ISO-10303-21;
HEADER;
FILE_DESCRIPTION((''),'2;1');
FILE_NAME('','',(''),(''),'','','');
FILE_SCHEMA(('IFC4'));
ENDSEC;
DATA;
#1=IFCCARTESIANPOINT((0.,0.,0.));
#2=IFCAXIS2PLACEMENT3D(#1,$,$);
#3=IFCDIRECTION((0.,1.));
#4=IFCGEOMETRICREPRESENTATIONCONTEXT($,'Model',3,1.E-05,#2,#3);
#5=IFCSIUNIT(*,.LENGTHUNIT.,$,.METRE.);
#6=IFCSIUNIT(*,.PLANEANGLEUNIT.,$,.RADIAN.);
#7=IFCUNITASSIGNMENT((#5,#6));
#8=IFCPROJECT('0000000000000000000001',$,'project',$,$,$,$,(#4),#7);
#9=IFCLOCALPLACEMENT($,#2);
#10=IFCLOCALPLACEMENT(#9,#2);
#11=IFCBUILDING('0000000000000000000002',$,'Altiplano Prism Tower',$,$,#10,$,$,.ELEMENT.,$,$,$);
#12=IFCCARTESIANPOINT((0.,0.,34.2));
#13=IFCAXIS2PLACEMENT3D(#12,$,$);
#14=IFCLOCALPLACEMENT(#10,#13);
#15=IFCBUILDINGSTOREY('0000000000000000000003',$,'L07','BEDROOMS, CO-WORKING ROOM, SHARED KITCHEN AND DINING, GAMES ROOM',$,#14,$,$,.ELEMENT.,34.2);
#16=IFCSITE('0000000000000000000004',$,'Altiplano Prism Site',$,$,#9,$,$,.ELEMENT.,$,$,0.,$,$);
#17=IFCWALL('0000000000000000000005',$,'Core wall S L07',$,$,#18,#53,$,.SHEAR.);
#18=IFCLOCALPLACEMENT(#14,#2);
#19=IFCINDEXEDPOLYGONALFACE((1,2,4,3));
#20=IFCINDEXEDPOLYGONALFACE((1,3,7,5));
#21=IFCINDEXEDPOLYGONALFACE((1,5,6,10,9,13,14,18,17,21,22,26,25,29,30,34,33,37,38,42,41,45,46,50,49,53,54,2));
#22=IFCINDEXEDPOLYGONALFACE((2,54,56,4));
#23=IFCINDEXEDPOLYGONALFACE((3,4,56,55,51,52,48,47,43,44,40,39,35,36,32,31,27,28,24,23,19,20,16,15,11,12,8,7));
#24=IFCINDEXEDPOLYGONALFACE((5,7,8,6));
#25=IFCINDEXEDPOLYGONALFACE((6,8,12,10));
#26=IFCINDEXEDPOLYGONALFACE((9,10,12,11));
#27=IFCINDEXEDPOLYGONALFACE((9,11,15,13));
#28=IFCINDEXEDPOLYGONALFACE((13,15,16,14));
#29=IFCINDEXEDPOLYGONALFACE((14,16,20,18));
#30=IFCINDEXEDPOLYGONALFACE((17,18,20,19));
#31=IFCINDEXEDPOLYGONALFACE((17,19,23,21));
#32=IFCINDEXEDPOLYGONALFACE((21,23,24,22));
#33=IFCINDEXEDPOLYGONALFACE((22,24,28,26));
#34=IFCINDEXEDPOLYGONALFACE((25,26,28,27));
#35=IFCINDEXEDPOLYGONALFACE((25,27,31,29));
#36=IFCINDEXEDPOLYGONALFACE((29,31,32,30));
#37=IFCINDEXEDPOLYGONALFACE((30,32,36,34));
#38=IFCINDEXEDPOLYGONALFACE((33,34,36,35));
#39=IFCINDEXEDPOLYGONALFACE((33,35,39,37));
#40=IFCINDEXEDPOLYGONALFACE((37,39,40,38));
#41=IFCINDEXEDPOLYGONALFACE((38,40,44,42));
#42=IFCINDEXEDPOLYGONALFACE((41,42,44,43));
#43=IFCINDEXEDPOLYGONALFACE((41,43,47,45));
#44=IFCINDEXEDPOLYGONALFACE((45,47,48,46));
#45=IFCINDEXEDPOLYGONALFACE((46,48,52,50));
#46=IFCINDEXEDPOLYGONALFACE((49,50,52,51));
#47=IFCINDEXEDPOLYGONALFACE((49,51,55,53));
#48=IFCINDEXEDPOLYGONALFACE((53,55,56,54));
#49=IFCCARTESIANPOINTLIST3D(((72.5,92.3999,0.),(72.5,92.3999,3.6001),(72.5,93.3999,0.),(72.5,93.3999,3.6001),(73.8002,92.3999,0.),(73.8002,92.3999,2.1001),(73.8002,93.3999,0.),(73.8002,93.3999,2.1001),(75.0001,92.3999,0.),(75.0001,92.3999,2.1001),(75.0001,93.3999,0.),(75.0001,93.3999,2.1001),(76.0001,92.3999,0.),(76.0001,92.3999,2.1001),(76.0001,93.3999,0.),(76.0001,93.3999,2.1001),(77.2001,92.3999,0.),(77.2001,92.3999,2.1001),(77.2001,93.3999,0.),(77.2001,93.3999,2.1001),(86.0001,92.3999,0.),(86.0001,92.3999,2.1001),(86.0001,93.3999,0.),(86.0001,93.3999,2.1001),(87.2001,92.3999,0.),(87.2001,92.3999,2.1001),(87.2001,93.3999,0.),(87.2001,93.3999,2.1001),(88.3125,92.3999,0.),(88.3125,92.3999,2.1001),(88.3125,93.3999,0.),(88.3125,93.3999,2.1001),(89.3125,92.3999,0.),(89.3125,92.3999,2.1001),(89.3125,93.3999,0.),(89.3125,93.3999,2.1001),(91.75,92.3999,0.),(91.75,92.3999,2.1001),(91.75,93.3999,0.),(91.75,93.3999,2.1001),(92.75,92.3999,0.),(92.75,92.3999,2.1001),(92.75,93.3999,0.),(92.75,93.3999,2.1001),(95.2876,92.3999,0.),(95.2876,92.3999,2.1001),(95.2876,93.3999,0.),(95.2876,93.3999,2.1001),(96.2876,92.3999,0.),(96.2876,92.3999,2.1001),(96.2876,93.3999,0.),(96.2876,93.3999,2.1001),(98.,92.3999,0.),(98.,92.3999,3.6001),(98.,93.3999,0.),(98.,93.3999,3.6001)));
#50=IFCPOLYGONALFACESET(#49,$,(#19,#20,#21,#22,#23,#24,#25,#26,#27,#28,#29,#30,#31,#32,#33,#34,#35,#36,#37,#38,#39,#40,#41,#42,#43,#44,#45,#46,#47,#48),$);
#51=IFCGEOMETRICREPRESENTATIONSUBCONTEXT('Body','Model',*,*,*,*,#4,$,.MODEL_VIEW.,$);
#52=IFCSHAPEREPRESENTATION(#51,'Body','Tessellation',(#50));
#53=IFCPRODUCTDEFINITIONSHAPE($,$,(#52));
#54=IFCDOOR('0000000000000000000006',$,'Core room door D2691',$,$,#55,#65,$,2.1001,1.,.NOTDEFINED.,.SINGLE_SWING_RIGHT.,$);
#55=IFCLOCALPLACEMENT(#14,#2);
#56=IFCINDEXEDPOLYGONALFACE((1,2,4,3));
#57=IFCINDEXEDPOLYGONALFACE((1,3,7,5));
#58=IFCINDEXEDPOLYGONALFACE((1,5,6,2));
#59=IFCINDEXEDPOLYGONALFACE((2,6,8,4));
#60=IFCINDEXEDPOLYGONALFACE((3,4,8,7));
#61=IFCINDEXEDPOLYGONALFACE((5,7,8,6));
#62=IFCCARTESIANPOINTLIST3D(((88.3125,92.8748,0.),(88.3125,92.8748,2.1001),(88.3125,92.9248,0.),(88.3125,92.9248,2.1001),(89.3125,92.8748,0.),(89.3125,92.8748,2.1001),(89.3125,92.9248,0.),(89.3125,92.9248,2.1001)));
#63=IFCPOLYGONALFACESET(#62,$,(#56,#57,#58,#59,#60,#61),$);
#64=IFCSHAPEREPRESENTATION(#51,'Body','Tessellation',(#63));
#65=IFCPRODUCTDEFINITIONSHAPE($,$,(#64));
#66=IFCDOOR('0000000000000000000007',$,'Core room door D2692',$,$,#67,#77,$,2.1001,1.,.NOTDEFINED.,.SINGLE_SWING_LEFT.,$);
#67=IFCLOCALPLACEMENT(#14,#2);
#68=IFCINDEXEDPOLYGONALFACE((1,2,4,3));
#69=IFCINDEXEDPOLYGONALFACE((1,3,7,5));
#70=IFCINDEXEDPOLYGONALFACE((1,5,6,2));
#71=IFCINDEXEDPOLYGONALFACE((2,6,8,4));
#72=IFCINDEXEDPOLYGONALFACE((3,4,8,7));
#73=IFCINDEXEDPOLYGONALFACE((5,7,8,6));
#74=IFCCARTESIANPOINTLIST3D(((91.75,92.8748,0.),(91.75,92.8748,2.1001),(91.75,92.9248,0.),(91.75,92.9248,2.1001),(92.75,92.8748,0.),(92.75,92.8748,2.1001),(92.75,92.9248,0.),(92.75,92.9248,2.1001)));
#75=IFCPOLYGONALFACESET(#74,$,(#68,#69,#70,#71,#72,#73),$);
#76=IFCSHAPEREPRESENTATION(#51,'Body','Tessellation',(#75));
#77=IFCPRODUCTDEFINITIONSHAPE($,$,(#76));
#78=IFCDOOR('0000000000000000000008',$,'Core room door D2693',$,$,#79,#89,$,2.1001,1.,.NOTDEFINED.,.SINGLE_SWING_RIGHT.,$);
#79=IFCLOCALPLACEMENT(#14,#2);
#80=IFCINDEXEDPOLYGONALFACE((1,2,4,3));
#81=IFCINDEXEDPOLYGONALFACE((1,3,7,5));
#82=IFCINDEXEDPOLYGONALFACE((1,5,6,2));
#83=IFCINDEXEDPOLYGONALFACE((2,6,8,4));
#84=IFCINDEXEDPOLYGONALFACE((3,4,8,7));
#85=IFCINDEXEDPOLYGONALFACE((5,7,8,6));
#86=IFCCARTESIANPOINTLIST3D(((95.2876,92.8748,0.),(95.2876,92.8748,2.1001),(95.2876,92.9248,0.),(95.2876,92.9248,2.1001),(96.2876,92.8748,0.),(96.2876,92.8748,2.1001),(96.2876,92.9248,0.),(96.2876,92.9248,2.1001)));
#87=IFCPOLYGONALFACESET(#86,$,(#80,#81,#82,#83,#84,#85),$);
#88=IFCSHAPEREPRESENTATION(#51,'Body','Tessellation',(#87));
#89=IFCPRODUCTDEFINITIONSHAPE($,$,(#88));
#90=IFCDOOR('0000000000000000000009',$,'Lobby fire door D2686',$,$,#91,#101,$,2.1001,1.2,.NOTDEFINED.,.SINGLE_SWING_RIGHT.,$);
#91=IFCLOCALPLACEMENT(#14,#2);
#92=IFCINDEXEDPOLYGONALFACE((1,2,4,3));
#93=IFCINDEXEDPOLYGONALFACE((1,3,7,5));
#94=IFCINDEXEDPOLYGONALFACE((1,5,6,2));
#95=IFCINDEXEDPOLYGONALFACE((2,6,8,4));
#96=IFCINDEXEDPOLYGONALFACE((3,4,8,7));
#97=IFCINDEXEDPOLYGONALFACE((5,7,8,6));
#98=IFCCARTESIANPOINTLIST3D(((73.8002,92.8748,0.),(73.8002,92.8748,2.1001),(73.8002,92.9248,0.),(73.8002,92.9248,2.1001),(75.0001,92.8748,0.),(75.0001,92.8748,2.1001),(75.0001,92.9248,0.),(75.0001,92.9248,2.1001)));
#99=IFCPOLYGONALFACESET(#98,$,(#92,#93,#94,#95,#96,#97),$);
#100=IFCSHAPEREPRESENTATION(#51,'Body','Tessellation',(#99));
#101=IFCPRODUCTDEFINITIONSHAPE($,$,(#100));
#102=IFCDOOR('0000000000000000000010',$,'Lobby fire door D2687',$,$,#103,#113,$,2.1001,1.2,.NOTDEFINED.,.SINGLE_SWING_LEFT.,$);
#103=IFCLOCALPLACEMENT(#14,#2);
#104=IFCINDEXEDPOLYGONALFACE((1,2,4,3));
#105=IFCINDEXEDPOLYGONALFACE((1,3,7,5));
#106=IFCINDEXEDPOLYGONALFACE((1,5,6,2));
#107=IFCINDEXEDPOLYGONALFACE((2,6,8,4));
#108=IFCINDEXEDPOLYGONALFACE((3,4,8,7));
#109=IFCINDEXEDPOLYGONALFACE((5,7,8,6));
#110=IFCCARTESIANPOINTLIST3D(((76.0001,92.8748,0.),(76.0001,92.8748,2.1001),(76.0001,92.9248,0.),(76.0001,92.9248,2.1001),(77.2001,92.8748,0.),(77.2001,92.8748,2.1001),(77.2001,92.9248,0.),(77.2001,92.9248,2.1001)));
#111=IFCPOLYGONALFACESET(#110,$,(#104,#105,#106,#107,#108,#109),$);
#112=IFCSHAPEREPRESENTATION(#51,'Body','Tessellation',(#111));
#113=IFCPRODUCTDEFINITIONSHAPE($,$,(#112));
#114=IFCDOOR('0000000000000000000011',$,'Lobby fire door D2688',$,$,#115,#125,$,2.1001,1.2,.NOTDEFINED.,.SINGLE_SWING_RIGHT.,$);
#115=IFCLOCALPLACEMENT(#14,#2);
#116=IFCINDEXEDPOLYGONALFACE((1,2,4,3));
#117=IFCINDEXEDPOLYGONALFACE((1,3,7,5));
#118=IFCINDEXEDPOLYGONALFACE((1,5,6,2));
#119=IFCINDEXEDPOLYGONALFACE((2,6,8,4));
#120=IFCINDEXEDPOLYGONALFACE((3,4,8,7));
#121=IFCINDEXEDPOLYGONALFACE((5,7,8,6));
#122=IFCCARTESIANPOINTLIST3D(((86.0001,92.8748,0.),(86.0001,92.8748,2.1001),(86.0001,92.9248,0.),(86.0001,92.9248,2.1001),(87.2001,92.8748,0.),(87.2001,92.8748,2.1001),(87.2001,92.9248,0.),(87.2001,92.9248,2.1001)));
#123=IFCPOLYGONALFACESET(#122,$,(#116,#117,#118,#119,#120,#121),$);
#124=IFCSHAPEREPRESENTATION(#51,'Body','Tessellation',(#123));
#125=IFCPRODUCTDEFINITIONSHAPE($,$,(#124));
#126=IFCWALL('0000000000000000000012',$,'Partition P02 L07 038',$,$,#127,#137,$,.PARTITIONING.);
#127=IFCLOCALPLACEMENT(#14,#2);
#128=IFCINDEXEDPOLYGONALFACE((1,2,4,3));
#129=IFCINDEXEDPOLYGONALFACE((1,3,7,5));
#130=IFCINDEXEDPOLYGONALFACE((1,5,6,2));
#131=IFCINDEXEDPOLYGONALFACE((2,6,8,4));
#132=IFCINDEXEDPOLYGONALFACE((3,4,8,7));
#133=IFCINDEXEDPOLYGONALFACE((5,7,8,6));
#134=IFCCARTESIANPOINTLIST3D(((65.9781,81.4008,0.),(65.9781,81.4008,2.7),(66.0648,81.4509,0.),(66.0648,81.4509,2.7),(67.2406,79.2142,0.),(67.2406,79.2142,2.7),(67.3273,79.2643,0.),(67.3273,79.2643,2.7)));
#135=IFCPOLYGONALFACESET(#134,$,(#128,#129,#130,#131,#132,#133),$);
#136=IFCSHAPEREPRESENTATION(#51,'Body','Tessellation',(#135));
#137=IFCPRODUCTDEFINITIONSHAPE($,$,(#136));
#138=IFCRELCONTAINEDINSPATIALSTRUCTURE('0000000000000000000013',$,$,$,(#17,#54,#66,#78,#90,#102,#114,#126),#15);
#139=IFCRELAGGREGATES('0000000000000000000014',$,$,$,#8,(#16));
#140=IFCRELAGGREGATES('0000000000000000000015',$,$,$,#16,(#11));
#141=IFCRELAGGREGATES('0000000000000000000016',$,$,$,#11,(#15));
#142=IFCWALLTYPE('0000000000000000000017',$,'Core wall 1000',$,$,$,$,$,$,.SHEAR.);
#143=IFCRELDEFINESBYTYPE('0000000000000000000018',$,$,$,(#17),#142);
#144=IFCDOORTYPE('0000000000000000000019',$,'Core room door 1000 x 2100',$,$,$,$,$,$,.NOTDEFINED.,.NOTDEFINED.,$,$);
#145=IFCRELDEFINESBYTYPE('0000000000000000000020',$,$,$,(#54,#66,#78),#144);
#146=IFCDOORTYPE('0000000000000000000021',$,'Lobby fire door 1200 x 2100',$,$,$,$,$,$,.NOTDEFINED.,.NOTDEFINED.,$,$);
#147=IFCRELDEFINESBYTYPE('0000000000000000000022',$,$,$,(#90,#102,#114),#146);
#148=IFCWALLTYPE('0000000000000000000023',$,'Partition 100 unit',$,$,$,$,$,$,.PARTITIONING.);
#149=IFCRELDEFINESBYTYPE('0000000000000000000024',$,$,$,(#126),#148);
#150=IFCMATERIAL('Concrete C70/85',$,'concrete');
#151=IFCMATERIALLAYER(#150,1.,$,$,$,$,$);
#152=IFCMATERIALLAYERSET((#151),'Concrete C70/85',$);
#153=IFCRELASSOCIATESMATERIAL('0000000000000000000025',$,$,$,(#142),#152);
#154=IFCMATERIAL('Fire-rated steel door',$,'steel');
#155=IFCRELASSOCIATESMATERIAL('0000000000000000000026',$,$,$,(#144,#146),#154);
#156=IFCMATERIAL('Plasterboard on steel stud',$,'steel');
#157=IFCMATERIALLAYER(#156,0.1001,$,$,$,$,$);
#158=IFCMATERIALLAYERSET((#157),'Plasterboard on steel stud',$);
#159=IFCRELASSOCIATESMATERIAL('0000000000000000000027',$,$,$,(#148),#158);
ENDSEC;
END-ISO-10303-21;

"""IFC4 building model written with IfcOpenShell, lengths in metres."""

from ifc_helpers import new_model, si_unit, direction, frame, frame_2d, origin, place, context, subcontext, project, spatial, rectangle, extrude, material, layer, layer_set, type_object, element, fill, save


model = new_model("IFC4")

# Units and contexts
model_context = context("Model", 3, precision=1e-05, world=origin(), true_north=direction((0.0, 1.0)))
body_context = subcontext(model_context, "Body", "Model", "MODEL_VIEW")
ifc_project = project(units=[si_unit("LENGTHUNIT", "METRE"), si_unit("PLANEANGLEUNIT", "RADIAN")], contexts=[model_context])

# Site, building, storey
site_placement = place(None, origin())
site = spatial("IfcSite", under=ifc_project, at=site_placement, Name="Altiplano Prism Site", CompositionType="ELEMENT", RefElevation=0.0)
building_placement = place(site_placement, origin())
building = spatial("IfcBuilding", under=site, at=building_placement, Name="Altiplano Prism Tower", CompositionType="ELEMENT")
storey_placement = place(building_placement, frame((0.0, 0.0, 34.2)))
storey = spatial("IfcBuildingStorey", under=building, at=storey_placement, Name="L07", Description="BEDROOMS, CO-WORKING ROOM, SHARED KITCHEN AND DINING, GAMES ROOM", CompositionType="ELEMENT", Elevation=34.2)

# Wall, openings, doors
ifc_material_1 = material(Name="Concrete C70/85", Category="concrete")
ifc_layer_1 = layer(ifc_material_1, 1.0)
ifc_layer_set_1 = layer_set([ifc_layer_1], Name="Concrete C70/85")
wall_type_1 = type_object("IfcWallType", Name="Core wall 1000", PredefinedType="SHEAR", material=ifc_layer_set_1)
wall_1_placement = place(storey_placement, frame((72.5, 92.8999, 0.0), z_axis=(0.0, 0.0, 1.0), x_axis=(1.0, 0.0, 0.0)))
wall_1 = element("IfcWall", 1, at=wall_1_placement, inside=storey, type_object=wall_type_1, Name="Core wall S L07", PredefinedType="SHEAR", context=body_context, shape_type="SweptSolid", body=[
    extrude(rectangle(XDim=25.5, YDim=1.0, at=frame_2d((12.75, 0.0))), origin(), (0.0, 0.0, 1.0), 3.6001),
])
opening_1_placement = place(wall_1_placement, frame((1.3, 0.0, 0.0)))
opening_1 = element("IfcOpeningElement", 2, at=opening_1_placement, cuts=wall_1, PredefinedType="OPENING", context=body_context, shape_type="SweptSolid", body=[
    extrude(rectangle(XDim=1.2, YDim=2.1001, at=frame_2d((0.6001, 1.05))), frame((0.0, 0.5105, 0.0), z_axis=(0.0, -1.0, 0.0), x_axis=(1.0, 0.0, 0.0)), (0.0, 0.0, 1.0), 1.021),
])
opening_2_placement = place(wall_1_placement, frame((3.5, 0.0, 0.0)))
opening_2 = element("IfcOpeningElement", 3, at=opening_2_placement, cuts=wall_1, PredefinedType="OPENING", context=body_context, shape_type="SweptSolid", body=[
    extrude(rectangle(XDim=1.2, YDim=2.1001, at=frame_2d((0.6001, 1.05))), frame((0.0, 0.5105, 0.0), z_axis=(0.0, -1.0, 0.0), x_axis=(1.0, 0.0, 0.0)), (0.0, 0.0, 1.0), 1.021),
])
opening_3_placement = place(wall_1_placement, frame((13.5, 0.0, 0.0)))
opening_3 = element("IfcOpeningElement", 4, at=opening_3_placement, cuts=wall_1, PredefinedType="OPENING", context=body_context, shape_type="SweptSolid", body=[
    extrude(rectangle(XDim=1.2, YDim=2.1001, at=frame_2d((0.6001, 1.05))), frame((0.0, 0.5105, 0.0), z_axis=(0.0, -1.0, 0.0), x_axis=(1.0, 0.0, 0.0)), (0.0, 0.0, 1.0), 1.021),
])
opening_4_placement = place(wall_1_placement, frame((15.8125, 0.0, 0.0)))
opening_4 = element("IfcOpeningElement", 5, at=opening_4_placement, cuts=wall_1, PredefinedType="OPENING", context=body_context, shape_type="SweptSolid", body=[
    extrude(rectangle(XDim=1.0, YDim=2.1001, at=frame_2d((0.5, 1.05))), frame((0.0, 0.5105, 0.0), z_axis=(0.0, -1.0, 0.0), x_axis=(1.0, 0.0, 0.0)), (0.0, 0.0, 1.0), 1.021),
])
opening_5_placement = place(wall_1_placement, frame((19.25, 0.0, 0.0)))
opening_5 = element("IfcOpeningElement", 6, at=opening_5_placement, cuts=wall_1, PredefinedType="OPENING", context=body_context, shape_type="SweptSolid", body=[
    extrude(rectangle(XDim=1.0, YDim=2.1001, at=frame_2d((0.5, 1.05))), frame((0.0, 0.5105, 0.0), z_axis=(0.0, -1.0, 0.0), x_axis=(1.0, 0.0, 0.0)), (0.0, 0.0, 1.0), 1.021),
])
opening_6_placement = place(wall_1_placement, frame((22.7876, 0.0, 0.0)))
opening_6 = element("IfcOpeningElement", 7, at=opening_6_placement, cuts=wall_1, PredefinedType="OPENING", context=body_context, shape_type="SweptSolid", body=[
    extrude(rectangle(XDim=1.0, YDim=2.1001, at=frame_2d((0.5, 1.05))), frame((0.0, 0.5105, 0.0), z_axis=(0.0, -1.0, 0.0), x_axis=(1.0, 0.0, 0.0)), (0.0, 0.0, 1.0), 1.021),
])
ifc_material_2 = material(Name="Fire-rated steel door", Category="steel")
door_type_1 = type_object("IfcDoorType", Name="Core room door 1000 x 2100", OperationType="NOTDEFINED", PredefinedType="NOTDEFINED", material=ifc_material_2)
door_1_placement = place(opening_4_placement, origin())
door_1 = element("IfcDoor", 8, at=door_1_placement, inside=storey, type_object=door_type_1, Name="Core room door D2691", OperationType="SINGLE_SWING_RIGHT", OverallHeight=2.1001, OverallWidth=1.0, PredefinedType="NOTDEFINED", context=body_context, shape_type="SweptSolid", body=[
    extrude(rectangle(XDim=1.0, YDim=2.1001, at=frame_2d((0.5, 1.05))), frame((0.0, 0.0249, 0.0), z_axis=(0.0, -1.0, 0.0), x_axis=(1.0, 0.0, 0.0)), (0.0, 0.0, 1.0), 0.05),
])
fill(opening_4, door_1)
door_2_placement = place(opening_5_placement, origin())
door_2 = element("IfcDoor", 9, at=door_2_placement, inside=storey, type_object=door_type_1, Name="Core room door D2692", OperationType="SINGLE_SWING_LEFT", OverallHeight=2.1001, OverallWidth=1.0, PredefinedType="NOTDEFINED", context=body_context, shape_type="SweptSolid", body=[
    extrude(rectangle(XDim=1.0, YDim=2.1001, at=frame_2d((0.5, 1.05))), frame((0.0, 0.0249, 0.0), z_axis=(0.0, -1.0, 0.0), x_axis=(1.0, 0.0, 0.0)), (0.0, 0.0, 1.0), 0.05),
])
fill(opening_5, door_2)
door_3_placement = place(opening_6_placement, origin())
door_3 = element("IfcDoor", 10, at=door_3_placement, inside=storey, type_object=door_type_1, Name="Core room door D2693", OperationType="SINGLE_SWING_RIGHT", OverallHeight=2.1001, OverallWidth=1.0, PredefinedType="NOTDEFINED", context=body_context, shape_type="SweptSolid", body=[
    extrude(rectangle(XDim=1.0, YDim=2.1001, at=frame_2d((0.5, 1.05))), frame((0.0, 0.0249, 0.0), z_axis=(0.0, -1.0, 0.0), x_axis=(1.0, 0.0, 0.0)), (0.0, 0.0, 1.0), 0.05),
])
fill(opening_6, door_3)
door_type_2 = type_object("IfcDoorType", Name="Lobby fire door 1200 x 2100", OperationType="NOTDEFINED", PredefinedType="NOTDEFINED", material=ifc_material_2)
door_4_placement = place(opening_1_placement, origin())
door_4 = element("IfcDoor", 11, at=door_4_placement, inside=storey, type_object=door_type_2, Name="Lobby fire door D2686", OperationType="SINGLE_SWING_RIGHT", OverallHeight=2.1001, OverallWidth=1.2, PredefinedType="NOTDEFINED", context=body_context, shape_type="SweptSolid", body=[
    extrude(rectangle(XDim=1.2, YDim=2.1001, at=frame_2d((0.6001, 1.05))), frame((0.0, 0.0249, 0.0), z_axis=(0.0, -1.0, 0.0), x_axis=(1.0, 0.0, 0.0)), (0.0, 0.0, 1.0), 0.05),
])
fill(opening_1, door_4)
door_5_placement = place(opening_2_placement, origin())
door_5 = element("IfcDoor", 12, at=door_5_placement, inside=storey, type_object=door_type_2, Name="Lobby fire door D2687", OperationType="SINGLE_SWING_LEFT", OverallHeight=2.1001, OverallWidth=1.2, PredefinedType="NOTDEFINED", context=body_context, shape_type="SweptSolid", body=[
    extrude(rectangle(XDim=1.2, YDim=2.1001, at=frame_2d((0.6001, 1.05))), frame((0.0, 0.0249, 0.0), z_axis=(0.0, -1.0, 0.0), x_axis=(1.0, 0.0, 0.0)), (0.0, 0.0, 1.0), 0.05),
])
fill(opening_2, door_5)
door_6_placement = place(opening_3_placement, origin())
door_6 = element("IfcDoor", 13, at=door_6_placement, inside=storey, type_object=door_type_2, Name="Lobby fire door D2688", OperationType="SINGLE_SWING_RIGHT", OverallHeight=2.1001, OverallWidth=1.2, PredefinedType="NOTDEFINED", context=body_context, shape_type="SweptSolid", body=[
    extrude(rectangle(XDim=1.2, YDim=2.1001, at=frame_2d((0.6001, 1.05))), frame((0.0, 0.0249, 0.0), z_axis=(0.0, -1.0, 0.0), x_axis=(1.0, 0.0, 0.0)), (0.0, 0.0, 1.0), 0.05),
])
fill(opening_3, door_6)

# Wall
ifc_material_3 = material(Name="Plasterboard on steel stud", Category="steel")
ifc_layer_2 = layer(ifc_material_3, 0.1001)
ifc_layer_set_2 = layer_set([ifc_layer_2], Name="Plasterboard on steel stud")
wall_type_2 = type_object("IfcWallType", Name="Partition 100 unit", PredefinedType="PARTITIONING", material=ifc_layer_set_2)
wall_2_placement = place(storey_placement, frame((67.2839, 79.2393, 0.0), z_axis=(0.0, 0.0, 1.0), x_axis=(-0.500018, 0.866015, 0.0)))
element("IfcWall", 14, at=wall_2_placement, inside=storey, type_object=wall_type_2, Name="Partition P02 L07 038", PredefinedType="PARTITIONING", context=body_context, shape_type="SweptSolid", body=[
    extrude(rectangle(XDim=2.5249, YDim=0.1001, at=frame_2d((1.2625, 0.0))), origin(), (0.0, 0.0, 1.0), 2.7),
])

save(model, "model.ifc")
